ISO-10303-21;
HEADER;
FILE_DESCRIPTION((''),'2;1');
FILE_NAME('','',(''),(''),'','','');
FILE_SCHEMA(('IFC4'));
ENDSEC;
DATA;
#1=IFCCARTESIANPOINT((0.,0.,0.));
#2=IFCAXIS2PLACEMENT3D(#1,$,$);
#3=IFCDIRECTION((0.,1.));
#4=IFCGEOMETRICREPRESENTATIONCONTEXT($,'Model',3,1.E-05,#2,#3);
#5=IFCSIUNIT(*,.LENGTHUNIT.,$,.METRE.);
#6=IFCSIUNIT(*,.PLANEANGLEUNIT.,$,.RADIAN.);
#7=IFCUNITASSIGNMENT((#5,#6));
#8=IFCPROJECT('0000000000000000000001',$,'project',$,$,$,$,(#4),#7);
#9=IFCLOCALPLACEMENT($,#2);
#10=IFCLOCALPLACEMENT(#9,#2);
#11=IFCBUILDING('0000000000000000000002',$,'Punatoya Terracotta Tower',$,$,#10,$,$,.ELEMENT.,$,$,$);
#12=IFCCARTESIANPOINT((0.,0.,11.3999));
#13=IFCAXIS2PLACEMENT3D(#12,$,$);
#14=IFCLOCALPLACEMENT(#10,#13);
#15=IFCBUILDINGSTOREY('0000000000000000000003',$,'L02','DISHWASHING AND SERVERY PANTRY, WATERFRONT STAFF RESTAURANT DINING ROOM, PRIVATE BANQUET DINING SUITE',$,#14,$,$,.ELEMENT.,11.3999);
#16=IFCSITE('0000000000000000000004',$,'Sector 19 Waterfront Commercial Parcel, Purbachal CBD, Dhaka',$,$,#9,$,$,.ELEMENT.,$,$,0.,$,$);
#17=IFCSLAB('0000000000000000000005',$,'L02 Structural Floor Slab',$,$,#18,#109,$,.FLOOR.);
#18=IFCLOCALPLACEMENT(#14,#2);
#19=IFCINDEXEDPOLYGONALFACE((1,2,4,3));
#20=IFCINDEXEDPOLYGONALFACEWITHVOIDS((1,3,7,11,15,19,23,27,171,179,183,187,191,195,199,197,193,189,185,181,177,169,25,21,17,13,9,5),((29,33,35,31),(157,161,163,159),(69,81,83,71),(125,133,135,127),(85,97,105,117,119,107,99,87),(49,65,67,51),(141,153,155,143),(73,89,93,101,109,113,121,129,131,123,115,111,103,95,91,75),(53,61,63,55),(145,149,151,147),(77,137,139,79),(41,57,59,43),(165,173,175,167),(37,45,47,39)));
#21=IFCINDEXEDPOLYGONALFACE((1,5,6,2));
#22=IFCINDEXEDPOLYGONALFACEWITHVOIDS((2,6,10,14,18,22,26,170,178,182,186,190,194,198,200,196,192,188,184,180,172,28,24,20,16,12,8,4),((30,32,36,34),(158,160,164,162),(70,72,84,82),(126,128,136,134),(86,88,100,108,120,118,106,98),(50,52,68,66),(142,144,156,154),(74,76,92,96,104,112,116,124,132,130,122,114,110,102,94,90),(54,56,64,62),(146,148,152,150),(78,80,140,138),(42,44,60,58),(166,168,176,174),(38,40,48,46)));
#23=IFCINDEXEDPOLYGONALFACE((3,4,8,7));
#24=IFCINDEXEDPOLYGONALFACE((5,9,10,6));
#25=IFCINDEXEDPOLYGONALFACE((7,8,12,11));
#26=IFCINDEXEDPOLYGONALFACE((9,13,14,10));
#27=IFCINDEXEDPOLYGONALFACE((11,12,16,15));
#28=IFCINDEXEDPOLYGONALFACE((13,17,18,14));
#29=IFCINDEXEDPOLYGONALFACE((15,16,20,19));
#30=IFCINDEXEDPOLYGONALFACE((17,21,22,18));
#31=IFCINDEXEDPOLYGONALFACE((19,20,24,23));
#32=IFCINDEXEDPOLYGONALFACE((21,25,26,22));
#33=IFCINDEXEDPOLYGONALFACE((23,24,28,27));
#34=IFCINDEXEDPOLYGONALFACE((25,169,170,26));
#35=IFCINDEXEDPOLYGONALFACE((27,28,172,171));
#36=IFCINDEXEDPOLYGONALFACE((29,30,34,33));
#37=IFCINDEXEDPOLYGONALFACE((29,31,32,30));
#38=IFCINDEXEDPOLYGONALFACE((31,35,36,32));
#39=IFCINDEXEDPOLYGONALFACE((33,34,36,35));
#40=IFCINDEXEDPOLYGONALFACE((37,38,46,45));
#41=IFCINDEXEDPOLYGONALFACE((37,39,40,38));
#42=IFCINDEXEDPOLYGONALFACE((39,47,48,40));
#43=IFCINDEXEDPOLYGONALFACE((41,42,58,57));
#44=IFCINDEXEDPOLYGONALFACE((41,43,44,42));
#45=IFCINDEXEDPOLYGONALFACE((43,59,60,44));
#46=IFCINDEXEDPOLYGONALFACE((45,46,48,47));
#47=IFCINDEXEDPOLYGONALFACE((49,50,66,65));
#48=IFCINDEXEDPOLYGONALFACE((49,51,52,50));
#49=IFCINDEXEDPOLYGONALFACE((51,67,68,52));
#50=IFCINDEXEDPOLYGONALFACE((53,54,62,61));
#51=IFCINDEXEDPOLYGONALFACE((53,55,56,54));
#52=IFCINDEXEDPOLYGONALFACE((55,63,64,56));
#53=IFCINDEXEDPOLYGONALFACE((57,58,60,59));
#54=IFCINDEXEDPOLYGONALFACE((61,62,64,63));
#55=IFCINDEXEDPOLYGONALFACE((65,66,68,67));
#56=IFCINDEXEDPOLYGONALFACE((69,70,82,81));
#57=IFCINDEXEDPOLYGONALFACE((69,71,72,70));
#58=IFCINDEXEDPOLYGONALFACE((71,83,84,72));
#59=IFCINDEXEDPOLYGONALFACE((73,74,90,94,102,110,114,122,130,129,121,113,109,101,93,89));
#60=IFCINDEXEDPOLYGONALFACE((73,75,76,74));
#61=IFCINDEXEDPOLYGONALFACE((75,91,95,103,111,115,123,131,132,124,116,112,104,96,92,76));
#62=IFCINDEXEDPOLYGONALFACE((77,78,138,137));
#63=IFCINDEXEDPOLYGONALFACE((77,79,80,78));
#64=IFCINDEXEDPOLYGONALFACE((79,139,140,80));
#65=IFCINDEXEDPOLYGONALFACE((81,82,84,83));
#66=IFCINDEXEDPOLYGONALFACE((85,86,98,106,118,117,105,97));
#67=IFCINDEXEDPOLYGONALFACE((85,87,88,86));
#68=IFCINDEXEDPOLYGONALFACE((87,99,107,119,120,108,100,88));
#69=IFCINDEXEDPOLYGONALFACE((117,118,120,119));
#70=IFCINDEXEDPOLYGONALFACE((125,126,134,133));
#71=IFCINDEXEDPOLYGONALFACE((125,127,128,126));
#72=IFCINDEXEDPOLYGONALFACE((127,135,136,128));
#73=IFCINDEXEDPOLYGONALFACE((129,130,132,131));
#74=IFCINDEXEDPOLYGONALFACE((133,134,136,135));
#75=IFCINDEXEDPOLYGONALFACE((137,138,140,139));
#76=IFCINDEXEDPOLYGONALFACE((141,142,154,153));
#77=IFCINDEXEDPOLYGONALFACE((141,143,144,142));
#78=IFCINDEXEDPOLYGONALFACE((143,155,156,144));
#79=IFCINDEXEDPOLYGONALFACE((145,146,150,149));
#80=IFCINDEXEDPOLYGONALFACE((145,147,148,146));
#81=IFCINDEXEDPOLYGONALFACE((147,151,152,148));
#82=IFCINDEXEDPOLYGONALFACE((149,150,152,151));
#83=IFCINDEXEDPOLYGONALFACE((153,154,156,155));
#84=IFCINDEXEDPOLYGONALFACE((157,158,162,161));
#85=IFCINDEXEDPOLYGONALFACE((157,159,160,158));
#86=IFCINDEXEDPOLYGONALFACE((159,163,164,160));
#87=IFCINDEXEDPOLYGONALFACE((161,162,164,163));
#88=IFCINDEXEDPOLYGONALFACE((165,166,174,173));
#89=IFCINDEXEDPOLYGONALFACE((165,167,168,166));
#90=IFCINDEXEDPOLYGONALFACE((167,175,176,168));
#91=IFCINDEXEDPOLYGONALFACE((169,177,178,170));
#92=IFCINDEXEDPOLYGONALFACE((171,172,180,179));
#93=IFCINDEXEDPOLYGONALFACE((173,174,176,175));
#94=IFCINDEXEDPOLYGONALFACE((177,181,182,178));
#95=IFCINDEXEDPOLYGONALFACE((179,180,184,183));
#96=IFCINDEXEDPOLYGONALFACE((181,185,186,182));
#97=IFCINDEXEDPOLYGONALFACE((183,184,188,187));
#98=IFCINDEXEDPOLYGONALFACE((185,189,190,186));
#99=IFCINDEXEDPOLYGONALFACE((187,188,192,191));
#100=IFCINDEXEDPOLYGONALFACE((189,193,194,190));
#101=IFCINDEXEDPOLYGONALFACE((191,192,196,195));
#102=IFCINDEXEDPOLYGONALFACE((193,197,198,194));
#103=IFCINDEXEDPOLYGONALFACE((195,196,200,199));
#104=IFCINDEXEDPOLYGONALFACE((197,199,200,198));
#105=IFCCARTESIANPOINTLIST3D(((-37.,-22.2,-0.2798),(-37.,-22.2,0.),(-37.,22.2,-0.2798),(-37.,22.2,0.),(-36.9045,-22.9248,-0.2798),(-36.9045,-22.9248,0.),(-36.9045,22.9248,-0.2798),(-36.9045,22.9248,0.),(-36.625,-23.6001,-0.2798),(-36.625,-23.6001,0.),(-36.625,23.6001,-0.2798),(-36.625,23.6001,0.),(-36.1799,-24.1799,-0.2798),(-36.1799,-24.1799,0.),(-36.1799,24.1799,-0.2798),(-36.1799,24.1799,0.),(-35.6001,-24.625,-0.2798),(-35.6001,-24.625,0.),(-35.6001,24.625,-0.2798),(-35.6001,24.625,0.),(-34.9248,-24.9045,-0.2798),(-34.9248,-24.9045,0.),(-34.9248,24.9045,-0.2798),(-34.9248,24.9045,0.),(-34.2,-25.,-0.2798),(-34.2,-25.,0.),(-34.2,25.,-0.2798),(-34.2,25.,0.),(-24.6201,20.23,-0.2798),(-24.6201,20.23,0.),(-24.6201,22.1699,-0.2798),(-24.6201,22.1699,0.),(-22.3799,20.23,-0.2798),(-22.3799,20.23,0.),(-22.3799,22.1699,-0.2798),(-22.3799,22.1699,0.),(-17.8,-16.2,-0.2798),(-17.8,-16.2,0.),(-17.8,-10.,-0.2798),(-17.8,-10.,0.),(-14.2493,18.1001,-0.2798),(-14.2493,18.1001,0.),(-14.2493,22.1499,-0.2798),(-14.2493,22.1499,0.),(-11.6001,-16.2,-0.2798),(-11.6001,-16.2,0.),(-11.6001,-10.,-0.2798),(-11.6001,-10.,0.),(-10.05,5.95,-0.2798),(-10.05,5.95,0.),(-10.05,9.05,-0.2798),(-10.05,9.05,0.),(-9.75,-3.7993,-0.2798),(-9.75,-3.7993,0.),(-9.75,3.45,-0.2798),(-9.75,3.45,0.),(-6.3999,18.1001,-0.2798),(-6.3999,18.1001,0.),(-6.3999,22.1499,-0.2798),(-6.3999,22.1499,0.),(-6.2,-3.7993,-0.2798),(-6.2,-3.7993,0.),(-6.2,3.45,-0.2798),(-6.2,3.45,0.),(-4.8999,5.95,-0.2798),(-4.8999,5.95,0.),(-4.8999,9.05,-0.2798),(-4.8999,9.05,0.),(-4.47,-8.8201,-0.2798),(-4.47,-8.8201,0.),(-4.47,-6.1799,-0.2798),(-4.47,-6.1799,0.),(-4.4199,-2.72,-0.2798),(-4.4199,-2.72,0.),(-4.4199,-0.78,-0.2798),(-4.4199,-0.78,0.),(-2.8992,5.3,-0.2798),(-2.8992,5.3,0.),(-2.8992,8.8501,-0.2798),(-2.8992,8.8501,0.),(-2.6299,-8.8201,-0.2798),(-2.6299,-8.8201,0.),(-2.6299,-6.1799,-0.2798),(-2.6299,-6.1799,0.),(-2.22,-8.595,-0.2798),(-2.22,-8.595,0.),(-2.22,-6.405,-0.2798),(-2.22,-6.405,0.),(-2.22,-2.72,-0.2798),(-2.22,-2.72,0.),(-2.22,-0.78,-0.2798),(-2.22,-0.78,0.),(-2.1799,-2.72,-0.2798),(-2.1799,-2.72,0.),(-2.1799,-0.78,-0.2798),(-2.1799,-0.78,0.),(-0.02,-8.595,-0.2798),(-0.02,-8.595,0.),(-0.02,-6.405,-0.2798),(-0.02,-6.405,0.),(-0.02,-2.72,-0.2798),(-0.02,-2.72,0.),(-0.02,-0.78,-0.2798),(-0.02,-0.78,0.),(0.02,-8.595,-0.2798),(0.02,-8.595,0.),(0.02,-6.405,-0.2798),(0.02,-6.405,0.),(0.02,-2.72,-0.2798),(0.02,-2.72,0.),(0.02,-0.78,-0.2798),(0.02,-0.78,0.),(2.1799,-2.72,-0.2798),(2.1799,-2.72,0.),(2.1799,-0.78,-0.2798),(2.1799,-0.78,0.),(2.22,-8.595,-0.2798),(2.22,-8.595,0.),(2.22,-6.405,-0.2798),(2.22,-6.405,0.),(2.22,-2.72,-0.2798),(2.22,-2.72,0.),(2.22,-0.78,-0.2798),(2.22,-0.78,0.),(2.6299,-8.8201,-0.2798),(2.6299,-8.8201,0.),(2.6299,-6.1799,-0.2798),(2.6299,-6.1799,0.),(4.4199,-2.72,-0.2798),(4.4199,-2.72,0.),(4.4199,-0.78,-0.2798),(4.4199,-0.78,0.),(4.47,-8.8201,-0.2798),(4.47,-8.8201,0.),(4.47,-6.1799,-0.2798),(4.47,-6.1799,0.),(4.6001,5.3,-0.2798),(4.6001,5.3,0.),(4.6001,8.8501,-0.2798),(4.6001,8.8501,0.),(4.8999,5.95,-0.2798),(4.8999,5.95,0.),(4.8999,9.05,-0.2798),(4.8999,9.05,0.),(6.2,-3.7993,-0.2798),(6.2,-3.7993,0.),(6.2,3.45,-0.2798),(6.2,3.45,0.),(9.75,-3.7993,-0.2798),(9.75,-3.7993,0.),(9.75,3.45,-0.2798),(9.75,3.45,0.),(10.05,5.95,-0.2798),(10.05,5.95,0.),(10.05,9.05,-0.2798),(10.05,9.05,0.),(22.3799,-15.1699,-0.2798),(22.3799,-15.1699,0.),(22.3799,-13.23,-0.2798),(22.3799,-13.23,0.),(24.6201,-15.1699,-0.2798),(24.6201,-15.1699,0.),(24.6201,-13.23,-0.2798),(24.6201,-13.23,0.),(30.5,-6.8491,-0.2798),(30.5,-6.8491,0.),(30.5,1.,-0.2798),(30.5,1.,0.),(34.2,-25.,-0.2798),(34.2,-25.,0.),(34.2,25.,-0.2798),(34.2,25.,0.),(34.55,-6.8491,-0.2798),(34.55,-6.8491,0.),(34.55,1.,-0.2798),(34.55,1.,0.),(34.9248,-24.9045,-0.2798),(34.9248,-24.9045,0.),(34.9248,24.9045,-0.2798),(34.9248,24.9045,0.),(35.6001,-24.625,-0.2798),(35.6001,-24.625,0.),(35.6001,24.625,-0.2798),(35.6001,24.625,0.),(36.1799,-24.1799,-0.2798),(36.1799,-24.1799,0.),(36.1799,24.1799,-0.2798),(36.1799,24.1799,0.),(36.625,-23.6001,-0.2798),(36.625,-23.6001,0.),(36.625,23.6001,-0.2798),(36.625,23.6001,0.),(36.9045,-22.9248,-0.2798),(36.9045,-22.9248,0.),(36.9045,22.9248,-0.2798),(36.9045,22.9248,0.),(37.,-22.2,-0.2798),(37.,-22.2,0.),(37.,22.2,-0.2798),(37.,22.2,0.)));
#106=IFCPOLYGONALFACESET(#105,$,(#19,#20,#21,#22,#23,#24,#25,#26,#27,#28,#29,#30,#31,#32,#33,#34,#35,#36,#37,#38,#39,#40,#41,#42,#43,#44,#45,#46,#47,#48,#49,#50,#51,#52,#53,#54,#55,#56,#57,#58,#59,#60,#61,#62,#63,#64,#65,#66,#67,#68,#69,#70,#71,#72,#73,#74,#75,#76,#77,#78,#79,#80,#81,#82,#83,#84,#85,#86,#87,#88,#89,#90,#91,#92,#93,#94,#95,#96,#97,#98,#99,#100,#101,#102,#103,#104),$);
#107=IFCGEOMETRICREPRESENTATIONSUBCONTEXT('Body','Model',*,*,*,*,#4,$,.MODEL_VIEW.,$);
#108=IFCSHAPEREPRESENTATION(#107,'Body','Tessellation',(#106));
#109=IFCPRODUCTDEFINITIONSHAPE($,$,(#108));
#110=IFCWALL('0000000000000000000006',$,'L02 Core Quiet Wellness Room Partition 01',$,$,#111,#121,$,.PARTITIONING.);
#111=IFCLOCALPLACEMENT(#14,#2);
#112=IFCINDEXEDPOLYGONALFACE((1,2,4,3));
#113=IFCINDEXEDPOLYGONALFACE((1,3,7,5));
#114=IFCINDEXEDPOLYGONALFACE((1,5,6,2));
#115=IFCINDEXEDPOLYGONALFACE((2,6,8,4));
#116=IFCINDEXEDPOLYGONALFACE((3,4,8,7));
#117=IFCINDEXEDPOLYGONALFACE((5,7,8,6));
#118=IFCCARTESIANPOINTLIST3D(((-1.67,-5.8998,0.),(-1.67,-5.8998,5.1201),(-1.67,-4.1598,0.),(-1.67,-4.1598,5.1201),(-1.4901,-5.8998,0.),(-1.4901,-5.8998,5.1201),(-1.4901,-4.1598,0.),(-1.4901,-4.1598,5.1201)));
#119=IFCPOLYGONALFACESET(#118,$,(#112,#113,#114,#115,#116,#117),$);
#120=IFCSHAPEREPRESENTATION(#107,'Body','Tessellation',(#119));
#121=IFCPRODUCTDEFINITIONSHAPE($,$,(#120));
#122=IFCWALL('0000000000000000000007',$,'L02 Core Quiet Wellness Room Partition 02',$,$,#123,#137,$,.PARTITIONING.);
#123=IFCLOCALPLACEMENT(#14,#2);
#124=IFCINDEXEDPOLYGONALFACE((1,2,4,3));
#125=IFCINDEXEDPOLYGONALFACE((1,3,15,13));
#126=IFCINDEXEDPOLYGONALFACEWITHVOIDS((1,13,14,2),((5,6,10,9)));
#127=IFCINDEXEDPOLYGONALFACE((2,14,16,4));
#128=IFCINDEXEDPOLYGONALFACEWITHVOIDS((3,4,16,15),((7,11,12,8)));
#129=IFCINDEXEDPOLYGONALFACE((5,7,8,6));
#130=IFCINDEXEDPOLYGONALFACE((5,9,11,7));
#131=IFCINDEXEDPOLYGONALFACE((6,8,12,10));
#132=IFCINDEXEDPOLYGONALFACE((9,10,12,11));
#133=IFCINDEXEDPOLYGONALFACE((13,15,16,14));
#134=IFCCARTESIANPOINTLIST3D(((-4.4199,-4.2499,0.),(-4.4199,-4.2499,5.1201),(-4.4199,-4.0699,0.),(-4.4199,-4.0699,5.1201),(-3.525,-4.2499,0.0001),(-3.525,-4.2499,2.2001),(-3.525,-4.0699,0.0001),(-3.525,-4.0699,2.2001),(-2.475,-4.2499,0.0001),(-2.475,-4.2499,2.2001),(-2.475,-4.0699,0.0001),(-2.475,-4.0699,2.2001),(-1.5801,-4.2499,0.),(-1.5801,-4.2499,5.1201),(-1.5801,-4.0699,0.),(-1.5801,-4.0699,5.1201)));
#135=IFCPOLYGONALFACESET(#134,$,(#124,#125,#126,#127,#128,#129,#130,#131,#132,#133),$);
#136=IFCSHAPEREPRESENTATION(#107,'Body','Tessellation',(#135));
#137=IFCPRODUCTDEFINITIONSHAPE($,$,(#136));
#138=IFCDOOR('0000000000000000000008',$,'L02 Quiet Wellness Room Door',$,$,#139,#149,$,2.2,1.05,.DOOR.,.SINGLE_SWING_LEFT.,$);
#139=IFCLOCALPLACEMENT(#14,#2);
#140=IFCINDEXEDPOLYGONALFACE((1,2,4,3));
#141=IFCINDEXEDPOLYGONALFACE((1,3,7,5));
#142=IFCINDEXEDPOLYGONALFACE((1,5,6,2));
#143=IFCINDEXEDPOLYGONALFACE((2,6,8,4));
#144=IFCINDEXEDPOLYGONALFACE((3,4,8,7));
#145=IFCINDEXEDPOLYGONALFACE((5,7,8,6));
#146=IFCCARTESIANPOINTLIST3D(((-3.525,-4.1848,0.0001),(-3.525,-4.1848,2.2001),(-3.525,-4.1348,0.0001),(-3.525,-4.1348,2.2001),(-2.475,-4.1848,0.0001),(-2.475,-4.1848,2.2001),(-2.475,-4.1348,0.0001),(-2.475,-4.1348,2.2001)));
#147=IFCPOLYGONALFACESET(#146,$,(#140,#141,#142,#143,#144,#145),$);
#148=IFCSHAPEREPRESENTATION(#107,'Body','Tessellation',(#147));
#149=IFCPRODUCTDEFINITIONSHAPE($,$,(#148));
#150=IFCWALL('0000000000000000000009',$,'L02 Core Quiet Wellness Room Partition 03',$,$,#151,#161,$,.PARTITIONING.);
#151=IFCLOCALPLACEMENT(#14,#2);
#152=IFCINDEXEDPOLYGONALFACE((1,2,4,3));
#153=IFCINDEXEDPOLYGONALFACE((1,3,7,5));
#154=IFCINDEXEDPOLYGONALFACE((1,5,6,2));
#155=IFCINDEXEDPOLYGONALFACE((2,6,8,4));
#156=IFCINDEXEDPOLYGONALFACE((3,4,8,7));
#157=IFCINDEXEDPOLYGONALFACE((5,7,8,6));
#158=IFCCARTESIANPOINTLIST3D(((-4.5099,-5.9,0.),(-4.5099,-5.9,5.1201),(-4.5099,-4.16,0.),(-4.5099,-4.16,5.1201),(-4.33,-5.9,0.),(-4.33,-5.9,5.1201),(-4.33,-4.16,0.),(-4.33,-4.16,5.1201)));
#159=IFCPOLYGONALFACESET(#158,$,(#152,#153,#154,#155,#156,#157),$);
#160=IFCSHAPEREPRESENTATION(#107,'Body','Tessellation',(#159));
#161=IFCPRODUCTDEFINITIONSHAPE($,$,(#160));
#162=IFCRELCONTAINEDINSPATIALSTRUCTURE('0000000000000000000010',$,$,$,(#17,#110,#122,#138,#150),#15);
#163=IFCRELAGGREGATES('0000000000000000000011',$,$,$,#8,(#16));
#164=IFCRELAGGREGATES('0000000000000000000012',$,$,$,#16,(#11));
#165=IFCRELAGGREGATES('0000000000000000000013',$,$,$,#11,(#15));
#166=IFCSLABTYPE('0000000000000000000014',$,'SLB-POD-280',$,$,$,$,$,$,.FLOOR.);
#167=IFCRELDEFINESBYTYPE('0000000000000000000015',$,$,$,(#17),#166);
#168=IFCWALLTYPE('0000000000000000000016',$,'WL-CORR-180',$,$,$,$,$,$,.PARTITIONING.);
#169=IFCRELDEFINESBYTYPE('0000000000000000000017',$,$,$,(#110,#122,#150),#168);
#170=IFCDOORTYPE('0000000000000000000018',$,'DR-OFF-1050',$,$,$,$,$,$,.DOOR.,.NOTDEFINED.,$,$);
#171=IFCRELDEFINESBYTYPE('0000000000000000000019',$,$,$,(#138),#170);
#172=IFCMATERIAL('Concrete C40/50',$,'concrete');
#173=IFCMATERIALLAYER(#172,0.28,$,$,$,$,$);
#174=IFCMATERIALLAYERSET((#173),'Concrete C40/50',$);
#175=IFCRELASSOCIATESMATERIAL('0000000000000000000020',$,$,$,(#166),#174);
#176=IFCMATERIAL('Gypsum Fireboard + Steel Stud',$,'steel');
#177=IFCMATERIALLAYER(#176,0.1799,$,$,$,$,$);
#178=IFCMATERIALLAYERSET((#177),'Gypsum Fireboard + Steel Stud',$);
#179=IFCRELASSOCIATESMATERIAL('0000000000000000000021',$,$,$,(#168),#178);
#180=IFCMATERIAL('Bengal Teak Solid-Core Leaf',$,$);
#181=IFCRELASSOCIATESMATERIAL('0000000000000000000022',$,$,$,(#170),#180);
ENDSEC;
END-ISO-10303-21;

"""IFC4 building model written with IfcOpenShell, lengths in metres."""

from ifc_helpers import new_model, si_unit, direction, frame, frame_2d, origin, place, context, subcontext, project, spatial, polyline, rectangle, outline, extrude, material, layer, layer_set, type_object, element, fill, save


model = new_model("IFC4")

# Units and contexts
model_context = context("Model", 3, precision=1e-05, world=origin(), true_north=direction((0.0, 1.0)))
body_context = subcontext(model_context, "Body", "Model", "MODEL_VIEW")
ifc_project = project(units=[si_unit("LENGTHUNIT", "METRE"), si_unit("PLANEANGLEUNIT", "RADIAN")], contexts=[model_context])

# Site, building, storey
site_placement = place(None, origin())
site = spatial("IfcSite", under=ifc_project, at=site_placement, Name="Sector 19 Waterfront Commercial Parcel, Purbachal CBD, Dhaka", CompositionType="ELEMENT", RefElevation=0.0)
building_placement = place(site_placement, origin())
building = spatial("IfcBuilding", under=site, at=building_placement, Name="Punatoya Terracotta Tower", CompositionType="ELEMENT")
storey_placement = place(building_placement, frame((0.0, 0.0, 11.3999)))
storey = spatial("IfcBuildingStorey", under=building, at=storey_placement, Name="L02", Description="DISHWASHING AND SERVERY PANTRY, WATERFRONT STAFF RESTAURANT DINING ROOM, PRIVATE BANQUET DINING SUITE", CompositionType="ELEMENT", Elevation=11.3999)

# Shared definitions
ifc_material_1 = material(Name="Concrete C40/50", Category="concrete")

# Slab
ifc_layer_1 = layer(ifc_material_1, 0.28)
ifc_layer_set_1 = layer_set([ifc_layer_1], Name="Concrete C40/50")
slab_type_1 = type_object("IfcSlabType", Name="SLB-POD-280", PredefinedType="FLOOR", material=ifc_layer_set_1)
slab_1_placement = place(storey_placement, frame((0.0, 0.0, -0.2798)))
element("IfcSlab", 1, at=slab_1_placement, inside=storey, type_object=slab_type_1, Name="L02 Structural Floor Slab", PredefinedType="FLOOR", context=body_context, shape_type="SweptSolid", body=[
    extrude(outline(polyline([(-34.2, -25.0), (-34.9248, -24.9045), (-35.6001, -24.625), (-36.1799, -24.1799), (-36.625, -23.6001), (-36.9045, -22.9248), (-37.0, -22.2), (-37.0, 22.2), (-36.9045, 22.9248), (-36.625, 23.6001), (-36.1799, 24.1799), (-35.6001, 24.625), (-34.9248, 24.9045), (-34.2, 25.0), (34.2, 25.0), (34.9248, 24.9045), (35.6001, 24.625), (36.1799, 24.1799), (36.625, 23.6001), (36.9045, 22.9248), (37.0, 22.2), (37.0, -22.2), (36.9045, -22.9248), (36.625, -23.6001), (36.1799, -24.1799), (35.6001, -24.625), (34.9248, -24.9045), (34.2, -25.0), (-34.2, -25.0)]), holes=[polyline([(-11.6001, -10.0), (-17.8, -10.0), (-17.8, -16.2), (-11.6001, -16.2), (-11.6001, -10.0)]), polyline([(-2.6299, -8.8201), (-2.6299, -6.1799), (-4.47, -6.1799), (-4.47, -8.8201), (-2.6299, -8.8201)]), polyline([(0.02, -8.595), (2.22, -8.595), (2.22, -6.405), (0.02, -6.405), (-0.02, -6.405), (-2.22, -6.405), (-2.22, -8.595), (-0.02, -8.595), (0.02, -8.595)]), polyline([(-2.22, -2.72), (-2.1799, -2.72), (-0.02, -2.72), (0.02, -2.72), (2.1799, -2.72), (2.22, -2.72), (4.4199, -2.72), (4.4199, -0.78), (2.22, -0.78), (2.1799, -0.78), (0.02, -0.78), (-0.02, -0.78), (-2.1799, -0.78), (-2.22, -0.78), (-4.4199, -0.78), (-4.4199, -2.72), (-2.22, -2.72)]), polyline([(-6.2, 3.45), (-9.75, 3.45), (-9.75, -3.7993), (-6.2, -3.7993), (-6.2, 3.45)]), polyline([(-4.8999, 5.95), (-4.8999, 9.05), (-10.05, 9.05), (-10.05, 5.95), (-4.8999, 5.95)]), polyline([(-14.2493, 18.1001), (-6.3999, 18.1001), (-6.3999, 22.1499), (-14.2493, 22.1499), (-14.2493, 18.1001)]), polyline([(-24.6201, 20.23), (-22.3799, 20.23), (-22.3799, 22.1699), (-24.6201, 22.1699), (-24.6201, 20.23)]), polyline([(24.6201, -15.1699), (24.6201, -13.23), (22.3799, -13.23), (22.3799, -15.1699), (24.6201, -15.1699)]), polyline([(4.47, -8.8201), (4.47, -6.1799), (2.6299, -6.1799), (2.6299, -8.8201), (4.47, -8.8201)]), polyline([(34.55, 1.0), (30.5, 1.0), (30.5, -6.8491), (34.55, -6.8491), (34.55, 1.0)]), polyline([(9.75, 3.45), (6.2, 3.45), (6.2, -3.7993), (9.75, -3.7993), (9.75, 3.45)]), polyline([(-2.8992, 5.3), (4.6001, 5.3), (4.6001, 8.8501), (-2.8992, 8.8501), (-2.8992, 5.3)]), polyline([(4.8999, 5.95), (10.05, 5.95), (10.05, 9.05), (4.8999, 9.05), (4.8999, 5.95)])]), origin(), (0.0, 0.0, 1.0), 0.2798),
])

# Wall
ifc_material_2 = material(Name="Gypsum Fireboard + Steel Stud", Category="steel")
ifc_layer_2 = layer(ifc_material_2, 0.1799)
ifc_layer_set_2 = layer_set([ifc_layer_2], Name="Gypsum Fireboard + Steel Stud")
wall_type_1 = type_object("IfcWallType", Name="WL-CORR-180", PredefinedType="PARTITIONING", material=ifc_layer_set_2)
wall_1_placement = place(storey_placement, frame((-1.5801, -5.8999, 0.0), z_axis=(0.0, 0.0, 1.0), x_axis=(0.0, 1.0, 0.0)))
element("IfcWall", 2, at=wall_1_placement, inside=storey, type_object=wall_type_1, Name="L02 Core Quiet Wellness Room Partition 01", PredefinedType="PARTITIONING", context=body_context, shape_type="SweptSolid", body=[
    extrude(rectangle(XDim=1.74, YDim=0.1799, at=frame_2d((0.8701, 0.0))), origin(), (0.0, 0.0, 1.0), 5.1201),
])

# Wall, opening, door
wall_2_placement = place(storey_placement, frame((-1.5801, -4.1599, 0.0), z_axis=(0.0, 0.0, 1.0), x_axis=(-1.0, 0.0, 0.0)))
wall_2 = element("IfcWall", 3, at=wall_2_placement, inside=storey, type_object=wall_type_1, Name="L02 Core Quiet Wellness Room Partition 02", PredefinedType="PARTITIONING", context=body_context, shape_type="SweptSolid", body=[
    extrude(rectangle(XDim=2.8398, YDim=0.1799, at=frame_2d((1.4199, 0.0))), origin(), (0.0, 0.0, 1.0), 5.1201),
])
opening_1_placement = place(wall_2_placement, frame((0.895, 0.0, 0.0)))
opening_1 = element("IfcOpeningElement", 4, at=opening_1_placement, cuts=wall_2, PredefinedType="OPENING", context=body_context, shape_type="SweptSolid", body=[
    extrude(rectangle(XDim=1.05, YDim=2.2, at=frame_2d((0.5249, 1.1001))), frame((0.0, 0.0999, 0.0), z_axis=(0.0, -1.0, 0.0), x_axis=(1.0, 0.0, 0.0)), (0.0, 0.0, 1.0), 0.2),
])
ifc_material_3 = material(Name="Bengal Teak Solid-Core Leaf")
door_type_1 = type_object("IfcDoorType", Name="DR-OFF-1050", OperationType="NOTDEFINED", PredefinedType="DOOR", material=ifc_material_3)
door_1_placement = place(opening_1_placement, origin())
door_1 = element("IfcDoor", 5, at=door_1_placement, inside=storey, type_object=door_type_1, Name="L02 Quiet Wellness Room Door", OperationType="SINGLE_SWING_LEFT", OverallHeight=2.2, OverallWidth=1.05, PredefinedType="DOOR", context=body_context, shape_type="SweptSolid", body=[
    extrude(rectangle(XDim=1.05, YDim=2.2, at=frame_2d((0.5249, 1.1001))), frame((0.0, 0.0249, 0.0), z_axis=(0.0, -1.0, 0.0), x_axis=(1.0, 0.0, 0.0)), (0.0, 0.0, 1.0), 0.05),
])
fill(opening_1, door_1)

# Wall
wall_3_placement = place(storey_placement, frame((-4.4199, -4.1599, 0.0), z_axis=(0.0, 0.0, 1.0), x_axis=(0.0, -1.0, 0.0)))
element("IfcWall", 6, at=wall_3_placement, inside=storey, type_object=wall_type_1, Name="L02 Core Quiet Wellness Room Partition 03", PredefinedType="PARTITIONING", context=body_context, shape_type="SweptSolid", body=[
    extrude(rectangle(XDim=1.74, YDim=0.1799, at=frame_2d((0.8701, 0.0))), origin(), (0.0, 0.0, 1.0), 5.1201),
])

save(model, "model.ifc")
